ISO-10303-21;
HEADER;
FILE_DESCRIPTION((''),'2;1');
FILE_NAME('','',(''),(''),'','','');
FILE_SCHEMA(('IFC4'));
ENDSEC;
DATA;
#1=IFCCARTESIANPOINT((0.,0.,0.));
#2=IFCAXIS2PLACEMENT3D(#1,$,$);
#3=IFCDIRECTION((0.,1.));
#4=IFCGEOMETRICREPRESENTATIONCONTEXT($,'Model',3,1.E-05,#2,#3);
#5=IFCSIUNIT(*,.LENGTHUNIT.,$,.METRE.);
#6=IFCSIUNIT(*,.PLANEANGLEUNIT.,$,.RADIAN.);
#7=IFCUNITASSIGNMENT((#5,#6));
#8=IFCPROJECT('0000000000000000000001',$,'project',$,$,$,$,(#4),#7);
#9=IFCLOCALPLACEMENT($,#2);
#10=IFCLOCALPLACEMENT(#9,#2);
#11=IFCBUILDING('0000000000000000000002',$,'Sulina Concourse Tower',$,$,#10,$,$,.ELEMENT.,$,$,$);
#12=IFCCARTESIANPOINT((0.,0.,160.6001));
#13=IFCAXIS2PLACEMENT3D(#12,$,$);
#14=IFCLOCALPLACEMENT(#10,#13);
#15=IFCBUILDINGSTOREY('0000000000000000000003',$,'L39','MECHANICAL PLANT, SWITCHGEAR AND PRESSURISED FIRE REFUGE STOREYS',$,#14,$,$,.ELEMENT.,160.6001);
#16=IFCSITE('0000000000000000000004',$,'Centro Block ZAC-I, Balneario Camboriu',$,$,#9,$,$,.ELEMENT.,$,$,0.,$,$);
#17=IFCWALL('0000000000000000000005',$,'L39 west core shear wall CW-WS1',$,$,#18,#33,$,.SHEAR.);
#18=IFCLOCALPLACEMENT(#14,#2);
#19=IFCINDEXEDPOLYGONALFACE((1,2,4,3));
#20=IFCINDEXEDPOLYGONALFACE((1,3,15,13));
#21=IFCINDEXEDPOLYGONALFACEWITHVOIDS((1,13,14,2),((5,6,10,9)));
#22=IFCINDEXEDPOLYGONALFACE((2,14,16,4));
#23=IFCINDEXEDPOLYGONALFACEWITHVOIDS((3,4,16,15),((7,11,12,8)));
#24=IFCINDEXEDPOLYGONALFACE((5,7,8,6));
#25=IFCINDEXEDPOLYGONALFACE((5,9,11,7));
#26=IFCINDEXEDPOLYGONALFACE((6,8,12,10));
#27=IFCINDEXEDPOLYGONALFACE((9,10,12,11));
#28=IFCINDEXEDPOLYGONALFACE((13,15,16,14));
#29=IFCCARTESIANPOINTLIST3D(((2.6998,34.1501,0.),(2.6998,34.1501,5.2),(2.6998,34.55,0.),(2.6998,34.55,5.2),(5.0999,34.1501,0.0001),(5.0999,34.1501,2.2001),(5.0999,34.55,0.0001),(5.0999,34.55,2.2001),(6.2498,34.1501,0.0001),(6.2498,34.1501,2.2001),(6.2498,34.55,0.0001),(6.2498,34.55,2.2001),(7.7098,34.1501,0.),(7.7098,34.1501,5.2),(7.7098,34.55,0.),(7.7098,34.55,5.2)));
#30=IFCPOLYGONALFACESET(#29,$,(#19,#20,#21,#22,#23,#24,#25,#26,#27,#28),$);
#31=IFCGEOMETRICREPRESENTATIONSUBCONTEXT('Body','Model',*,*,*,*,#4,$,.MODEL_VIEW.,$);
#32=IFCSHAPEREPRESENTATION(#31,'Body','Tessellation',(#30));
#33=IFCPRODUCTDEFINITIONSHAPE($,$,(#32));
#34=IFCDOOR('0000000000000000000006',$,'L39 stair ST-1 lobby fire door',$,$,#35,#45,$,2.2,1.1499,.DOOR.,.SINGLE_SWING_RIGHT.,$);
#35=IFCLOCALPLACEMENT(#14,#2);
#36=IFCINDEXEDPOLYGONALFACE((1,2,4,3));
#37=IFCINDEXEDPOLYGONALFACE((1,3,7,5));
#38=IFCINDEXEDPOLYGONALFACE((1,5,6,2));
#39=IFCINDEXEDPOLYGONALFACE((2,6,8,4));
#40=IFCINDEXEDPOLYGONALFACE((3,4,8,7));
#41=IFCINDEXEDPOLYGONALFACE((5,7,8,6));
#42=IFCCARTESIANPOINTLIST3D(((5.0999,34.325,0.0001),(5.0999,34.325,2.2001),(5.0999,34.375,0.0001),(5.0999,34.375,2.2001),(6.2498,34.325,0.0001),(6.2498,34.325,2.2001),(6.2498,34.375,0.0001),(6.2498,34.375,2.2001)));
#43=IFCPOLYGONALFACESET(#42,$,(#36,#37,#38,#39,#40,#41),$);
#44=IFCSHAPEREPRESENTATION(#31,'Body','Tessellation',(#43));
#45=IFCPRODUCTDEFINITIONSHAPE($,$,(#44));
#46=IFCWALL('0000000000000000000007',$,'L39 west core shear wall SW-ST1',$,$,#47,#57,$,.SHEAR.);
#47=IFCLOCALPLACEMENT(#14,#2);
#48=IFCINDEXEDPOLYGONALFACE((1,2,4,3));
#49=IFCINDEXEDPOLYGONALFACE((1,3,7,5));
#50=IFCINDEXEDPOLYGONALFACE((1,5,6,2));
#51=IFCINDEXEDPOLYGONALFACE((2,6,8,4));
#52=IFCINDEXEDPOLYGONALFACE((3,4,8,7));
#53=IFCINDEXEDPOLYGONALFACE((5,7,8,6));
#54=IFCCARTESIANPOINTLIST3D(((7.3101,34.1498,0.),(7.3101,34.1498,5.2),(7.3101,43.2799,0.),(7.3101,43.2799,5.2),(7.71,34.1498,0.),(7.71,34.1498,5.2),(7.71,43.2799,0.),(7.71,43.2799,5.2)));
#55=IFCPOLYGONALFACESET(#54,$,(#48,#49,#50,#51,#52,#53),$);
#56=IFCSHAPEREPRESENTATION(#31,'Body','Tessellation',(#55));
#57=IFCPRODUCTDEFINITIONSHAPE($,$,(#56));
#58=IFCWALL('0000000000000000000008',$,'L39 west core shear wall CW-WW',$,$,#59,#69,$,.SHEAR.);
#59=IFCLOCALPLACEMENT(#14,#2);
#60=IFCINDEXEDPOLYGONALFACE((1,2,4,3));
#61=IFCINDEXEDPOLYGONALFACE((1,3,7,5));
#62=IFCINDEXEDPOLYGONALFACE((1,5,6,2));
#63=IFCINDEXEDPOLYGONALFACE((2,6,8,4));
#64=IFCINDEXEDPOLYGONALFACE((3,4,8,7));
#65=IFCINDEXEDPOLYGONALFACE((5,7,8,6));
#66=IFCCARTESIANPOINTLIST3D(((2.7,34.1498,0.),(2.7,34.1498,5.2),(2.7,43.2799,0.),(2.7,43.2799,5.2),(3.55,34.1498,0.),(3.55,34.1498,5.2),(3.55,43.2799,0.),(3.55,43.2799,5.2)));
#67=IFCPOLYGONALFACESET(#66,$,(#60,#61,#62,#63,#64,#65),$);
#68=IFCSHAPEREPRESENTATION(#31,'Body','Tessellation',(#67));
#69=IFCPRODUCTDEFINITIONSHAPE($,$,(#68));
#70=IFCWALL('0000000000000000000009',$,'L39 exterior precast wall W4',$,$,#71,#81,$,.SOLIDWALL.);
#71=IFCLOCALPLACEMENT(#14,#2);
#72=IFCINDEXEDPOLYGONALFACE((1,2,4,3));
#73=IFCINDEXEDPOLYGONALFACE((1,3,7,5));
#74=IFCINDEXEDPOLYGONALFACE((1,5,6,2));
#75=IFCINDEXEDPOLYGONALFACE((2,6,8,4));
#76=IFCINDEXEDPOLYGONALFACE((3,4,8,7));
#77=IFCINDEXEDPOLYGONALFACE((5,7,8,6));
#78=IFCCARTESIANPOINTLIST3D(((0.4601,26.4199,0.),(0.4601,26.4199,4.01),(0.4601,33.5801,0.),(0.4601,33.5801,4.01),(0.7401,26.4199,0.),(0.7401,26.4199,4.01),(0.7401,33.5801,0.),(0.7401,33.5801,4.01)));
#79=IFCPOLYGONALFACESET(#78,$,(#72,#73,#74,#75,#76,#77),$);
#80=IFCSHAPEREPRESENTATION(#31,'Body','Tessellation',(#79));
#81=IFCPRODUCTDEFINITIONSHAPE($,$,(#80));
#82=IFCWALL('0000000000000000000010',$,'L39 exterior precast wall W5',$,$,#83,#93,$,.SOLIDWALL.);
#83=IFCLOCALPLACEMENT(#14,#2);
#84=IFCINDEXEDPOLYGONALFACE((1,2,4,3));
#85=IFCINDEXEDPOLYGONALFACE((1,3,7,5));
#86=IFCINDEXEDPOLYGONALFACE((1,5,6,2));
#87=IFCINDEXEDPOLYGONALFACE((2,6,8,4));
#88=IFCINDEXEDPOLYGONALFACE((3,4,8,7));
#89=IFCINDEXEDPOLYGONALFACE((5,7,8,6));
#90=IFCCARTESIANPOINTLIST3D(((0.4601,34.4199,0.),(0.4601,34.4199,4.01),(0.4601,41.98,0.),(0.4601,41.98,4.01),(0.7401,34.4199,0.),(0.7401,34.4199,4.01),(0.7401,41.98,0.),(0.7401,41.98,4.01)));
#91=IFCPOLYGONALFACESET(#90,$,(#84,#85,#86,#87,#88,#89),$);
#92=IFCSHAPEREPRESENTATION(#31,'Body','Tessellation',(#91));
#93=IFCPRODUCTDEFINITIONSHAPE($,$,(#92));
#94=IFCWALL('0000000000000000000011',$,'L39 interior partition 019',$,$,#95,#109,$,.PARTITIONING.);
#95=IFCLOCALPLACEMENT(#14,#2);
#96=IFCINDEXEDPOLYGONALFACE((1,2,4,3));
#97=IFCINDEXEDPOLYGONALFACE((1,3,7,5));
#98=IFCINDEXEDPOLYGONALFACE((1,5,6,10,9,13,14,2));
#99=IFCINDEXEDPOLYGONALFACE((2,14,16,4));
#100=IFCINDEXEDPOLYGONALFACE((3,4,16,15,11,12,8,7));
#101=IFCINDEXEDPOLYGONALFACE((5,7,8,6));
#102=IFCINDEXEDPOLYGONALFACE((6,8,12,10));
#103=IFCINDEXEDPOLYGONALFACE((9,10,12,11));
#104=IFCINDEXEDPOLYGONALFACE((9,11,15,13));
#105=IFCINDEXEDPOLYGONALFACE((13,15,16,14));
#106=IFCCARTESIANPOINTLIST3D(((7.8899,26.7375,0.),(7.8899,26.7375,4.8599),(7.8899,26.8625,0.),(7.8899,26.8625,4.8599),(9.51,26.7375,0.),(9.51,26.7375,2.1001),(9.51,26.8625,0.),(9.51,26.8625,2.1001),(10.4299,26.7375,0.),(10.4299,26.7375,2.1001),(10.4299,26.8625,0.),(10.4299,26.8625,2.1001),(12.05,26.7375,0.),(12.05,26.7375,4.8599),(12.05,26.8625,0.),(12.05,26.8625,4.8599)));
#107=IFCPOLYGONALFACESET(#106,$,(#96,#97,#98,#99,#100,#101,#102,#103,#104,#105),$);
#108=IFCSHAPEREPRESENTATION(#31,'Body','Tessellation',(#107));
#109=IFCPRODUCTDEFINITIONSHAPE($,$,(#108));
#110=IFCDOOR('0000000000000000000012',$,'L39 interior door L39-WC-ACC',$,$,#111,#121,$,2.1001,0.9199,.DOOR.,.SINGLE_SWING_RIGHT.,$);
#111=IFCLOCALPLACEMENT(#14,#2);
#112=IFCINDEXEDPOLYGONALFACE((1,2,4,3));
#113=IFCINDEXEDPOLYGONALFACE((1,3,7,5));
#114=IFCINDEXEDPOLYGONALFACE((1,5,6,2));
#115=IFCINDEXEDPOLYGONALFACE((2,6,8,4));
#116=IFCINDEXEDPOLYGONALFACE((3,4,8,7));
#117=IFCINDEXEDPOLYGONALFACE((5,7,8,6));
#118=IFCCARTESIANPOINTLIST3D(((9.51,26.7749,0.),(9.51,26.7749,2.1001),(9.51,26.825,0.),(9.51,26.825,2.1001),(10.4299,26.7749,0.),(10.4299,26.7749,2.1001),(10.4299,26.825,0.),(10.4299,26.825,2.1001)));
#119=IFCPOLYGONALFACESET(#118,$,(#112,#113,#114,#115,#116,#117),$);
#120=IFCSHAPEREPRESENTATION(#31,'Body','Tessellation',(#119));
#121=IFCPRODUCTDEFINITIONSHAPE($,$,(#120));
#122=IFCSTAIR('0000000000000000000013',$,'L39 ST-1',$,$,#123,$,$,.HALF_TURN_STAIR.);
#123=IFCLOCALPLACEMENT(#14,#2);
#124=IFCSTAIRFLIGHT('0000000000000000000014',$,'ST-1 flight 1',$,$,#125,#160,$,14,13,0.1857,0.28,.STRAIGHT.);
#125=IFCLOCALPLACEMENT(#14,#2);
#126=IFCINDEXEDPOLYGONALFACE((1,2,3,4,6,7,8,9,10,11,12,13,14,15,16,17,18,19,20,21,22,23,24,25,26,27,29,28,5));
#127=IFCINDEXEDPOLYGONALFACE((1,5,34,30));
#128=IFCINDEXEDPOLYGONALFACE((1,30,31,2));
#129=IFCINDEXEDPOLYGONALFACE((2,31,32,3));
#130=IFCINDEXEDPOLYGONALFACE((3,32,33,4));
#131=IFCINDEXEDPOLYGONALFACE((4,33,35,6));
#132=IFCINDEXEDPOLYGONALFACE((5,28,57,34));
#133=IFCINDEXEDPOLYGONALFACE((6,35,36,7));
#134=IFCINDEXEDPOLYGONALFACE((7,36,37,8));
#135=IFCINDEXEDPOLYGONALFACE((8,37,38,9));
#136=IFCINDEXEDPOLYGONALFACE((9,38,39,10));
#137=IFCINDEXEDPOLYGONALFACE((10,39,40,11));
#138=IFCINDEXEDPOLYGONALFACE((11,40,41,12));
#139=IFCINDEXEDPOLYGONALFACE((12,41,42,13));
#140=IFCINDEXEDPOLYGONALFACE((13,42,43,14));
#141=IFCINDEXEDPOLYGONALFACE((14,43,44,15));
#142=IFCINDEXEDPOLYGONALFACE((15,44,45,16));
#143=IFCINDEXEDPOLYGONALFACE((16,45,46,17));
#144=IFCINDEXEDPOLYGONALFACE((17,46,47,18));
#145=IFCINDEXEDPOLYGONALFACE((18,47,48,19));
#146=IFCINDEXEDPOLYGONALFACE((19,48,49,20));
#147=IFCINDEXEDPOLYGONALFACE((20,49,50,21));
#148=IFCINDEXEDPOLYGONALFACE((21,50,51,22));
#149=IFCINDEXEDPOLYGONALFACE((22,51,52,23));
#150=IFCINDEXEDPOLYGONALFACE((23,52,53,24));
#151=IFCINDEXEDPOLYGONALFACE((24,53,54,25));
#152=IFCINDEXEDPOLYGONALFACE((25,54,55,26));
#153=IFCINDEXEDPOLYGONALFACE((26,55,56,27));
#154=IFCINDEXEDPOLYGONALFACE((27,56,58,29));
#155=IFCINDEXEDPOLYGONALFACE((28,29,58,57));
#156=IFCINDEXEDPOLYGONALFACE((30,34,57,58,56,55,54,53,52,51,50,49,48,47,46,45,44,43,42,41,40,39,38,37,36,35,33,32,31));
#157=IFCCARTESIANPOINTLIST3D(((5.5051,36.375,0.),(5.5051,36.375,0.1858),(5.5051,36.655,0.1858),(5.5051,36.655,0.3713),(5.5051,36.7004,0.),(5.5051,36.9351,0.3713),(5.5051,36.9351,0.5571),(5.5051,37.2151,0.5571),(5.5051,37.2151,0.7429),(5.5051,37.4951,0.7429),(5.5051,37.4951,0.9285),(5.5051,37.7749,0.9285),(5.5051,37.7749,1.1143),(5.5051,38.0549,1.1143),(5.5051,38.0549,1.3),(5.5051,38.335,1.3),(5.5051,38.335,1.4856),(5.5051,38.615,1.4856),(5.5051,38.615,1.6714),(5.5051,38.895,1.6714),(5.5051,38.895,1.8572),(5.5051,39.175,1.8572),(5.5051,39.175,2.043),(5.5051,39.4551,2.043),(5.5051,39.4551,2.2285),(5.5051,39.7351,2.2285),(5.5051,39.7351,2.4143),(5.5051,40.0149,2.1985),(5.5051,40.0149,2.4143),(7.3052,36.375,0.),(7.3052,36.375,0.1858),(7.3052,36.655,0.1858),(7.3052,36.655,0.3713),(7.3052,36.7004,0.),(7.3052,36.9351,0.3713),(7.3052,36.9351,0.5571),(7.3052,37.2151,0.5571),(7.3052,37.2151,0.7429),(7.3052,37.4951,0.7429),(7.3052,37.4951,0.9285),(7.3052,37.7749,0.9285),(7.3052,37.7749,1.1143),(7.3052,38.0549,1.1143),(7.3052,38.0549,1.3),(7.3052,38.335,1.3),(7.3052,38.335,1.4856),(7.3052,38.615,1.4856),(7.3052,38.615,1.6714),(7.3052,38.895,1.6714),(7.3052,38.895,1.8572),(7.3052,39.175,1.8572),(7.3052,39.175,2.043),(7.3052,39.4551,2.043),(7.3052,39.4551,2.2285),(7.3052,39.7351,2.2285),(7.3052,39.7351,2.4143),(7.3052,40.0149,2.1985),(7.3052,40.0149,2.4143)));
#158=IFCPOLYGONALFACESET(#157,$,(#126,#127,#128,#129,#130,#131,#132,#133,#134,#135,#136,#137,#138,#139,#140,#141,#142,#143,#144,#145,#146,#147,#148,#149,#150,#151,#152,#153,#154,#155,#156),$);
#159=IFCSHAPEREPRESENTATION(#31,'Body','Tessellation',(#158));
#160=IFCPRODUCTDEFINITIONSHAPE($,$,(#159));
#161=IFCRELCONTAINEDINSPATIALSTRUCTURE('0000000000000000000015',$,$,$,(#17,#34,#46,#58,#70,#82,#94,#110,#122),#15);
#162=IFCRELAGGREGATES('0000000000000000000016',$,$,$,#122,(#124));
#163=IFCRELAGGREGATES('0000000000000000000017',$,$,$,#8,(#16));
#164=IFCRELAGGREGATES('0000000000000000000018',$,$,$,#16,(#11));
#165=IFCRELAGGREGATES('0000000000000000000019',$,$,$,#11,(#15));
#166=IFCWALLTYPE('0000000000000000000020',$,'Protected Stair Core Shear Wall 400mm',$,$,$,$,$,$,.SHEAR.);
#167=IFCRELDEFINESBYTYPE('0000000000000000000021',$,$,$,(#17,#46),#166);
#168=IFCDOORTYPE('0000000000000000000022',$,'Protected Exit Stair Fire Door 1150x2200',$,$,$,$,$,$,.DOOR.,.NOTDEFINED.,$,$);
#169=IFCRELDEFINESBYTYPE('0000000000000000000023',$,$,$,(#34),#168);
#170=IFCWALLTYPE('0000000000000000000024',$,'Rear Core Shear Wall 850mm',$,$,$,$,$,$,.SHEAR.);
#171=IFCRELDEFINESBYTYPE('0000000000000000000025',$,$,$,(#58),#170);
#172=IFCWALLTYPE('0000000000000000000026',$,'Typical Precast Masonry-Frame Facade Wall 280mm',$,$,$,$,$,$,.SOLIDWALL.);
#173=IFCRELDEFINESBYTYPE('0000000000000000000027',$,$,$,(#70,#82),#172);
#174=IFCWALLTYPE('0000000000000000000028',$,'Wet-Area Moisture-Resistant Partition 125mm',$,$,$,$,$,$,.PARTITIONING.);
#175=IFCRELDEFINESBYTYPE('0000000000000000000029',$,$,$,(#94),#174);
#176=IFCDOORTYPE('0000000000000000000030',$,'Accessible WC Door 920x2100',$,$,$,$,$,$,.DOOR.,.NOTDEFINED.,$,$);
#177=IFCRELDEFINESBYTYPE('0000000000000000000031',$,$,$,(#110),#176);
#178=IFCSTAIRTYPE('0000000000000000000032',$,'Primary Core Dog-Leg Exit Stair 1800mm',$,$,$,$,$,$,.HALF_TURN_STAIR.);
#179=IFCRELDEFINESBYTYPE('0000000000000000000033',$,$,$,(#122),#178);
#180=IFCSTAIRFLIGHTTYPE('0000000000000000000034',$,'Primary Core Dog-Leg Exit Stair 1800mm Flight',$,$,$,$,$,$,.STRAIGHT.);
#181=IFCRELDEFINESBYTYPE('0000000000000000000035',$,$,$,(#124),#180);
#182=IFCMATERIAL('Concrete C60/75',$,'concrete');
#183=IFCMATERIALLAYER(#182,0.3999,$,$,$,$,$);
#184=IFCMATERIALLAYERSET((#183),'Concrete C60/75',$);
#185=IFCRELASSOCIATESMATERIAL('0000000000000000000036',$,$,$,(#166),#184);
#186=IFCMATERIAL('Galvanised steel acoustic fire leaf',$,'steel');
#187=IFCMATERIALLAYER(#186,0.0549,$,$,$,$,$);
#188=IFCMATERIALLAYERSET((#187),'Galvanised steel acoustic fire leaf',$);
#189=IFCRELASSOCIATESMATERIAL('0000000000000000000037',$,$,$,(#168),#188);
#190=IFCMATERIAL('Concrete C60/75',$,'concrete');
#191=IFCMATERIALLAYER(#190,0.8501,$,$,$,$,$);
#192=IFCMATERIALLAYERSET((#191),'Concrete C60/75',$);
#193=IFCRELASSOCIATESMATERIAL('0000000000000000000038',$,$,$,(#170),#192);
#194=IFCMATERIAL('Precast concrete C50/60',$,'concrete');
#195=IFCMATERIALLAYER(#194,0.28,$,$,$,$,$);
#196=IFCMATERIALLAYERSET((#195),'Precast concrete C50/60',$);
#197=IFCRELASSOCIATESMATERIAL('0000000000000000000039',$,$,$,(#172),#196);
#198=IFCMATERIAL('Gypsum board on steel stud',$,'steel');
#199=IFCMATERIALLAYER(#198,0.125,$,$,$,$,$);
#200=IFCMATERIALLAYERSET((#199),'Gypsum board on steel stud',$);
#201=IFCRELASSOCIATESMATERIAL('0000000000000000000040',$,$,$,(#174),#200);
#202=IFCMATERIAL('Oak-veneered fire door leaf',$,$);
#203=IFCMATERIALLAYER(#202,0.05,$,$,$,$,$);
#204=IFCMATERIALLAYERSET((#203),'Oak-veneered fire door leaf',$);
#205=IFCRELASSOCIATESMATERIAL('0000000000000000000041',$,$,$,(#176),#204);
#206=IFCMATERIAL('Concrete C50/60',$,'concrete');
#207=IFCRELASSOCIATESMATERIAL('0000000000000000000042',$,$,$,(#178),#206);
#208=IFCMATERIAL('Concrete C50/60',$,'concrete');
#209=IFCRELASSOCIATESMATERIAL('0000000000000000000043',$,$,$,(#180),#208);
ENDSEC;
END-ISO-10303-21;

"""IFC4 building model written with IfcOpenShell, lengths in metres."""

from ifc_helpers import new_model, si_unit, direction, frame, frame_2d, origin, place, context, subcontext, project, spatial, polyline, rectangle, outline, extrude, material, layer, layer_set, type_object, element, fill, aggregate, save


model = new_model("IFC4")

# Units and contexts
model_context = context("Model", 3, precision=1e-05, world=origin(), true_north=direction((0.0, 1.0)))
body_context = subcontext(model_context, "Body", "Model", "MODEL_VIEW")
ifc_project = project(units=[si_unit("LENGTHUNIT", "METRE"), si_unit("PLANEANGLEUNIT", "RADIAN")], contexts=[model_context])

# Site, building, storey
site_placement = place(None, origin())
site = spatial("IfcSite", under=ifc_project, at=site_placement, Name="Centro Block ZAC-I, Balneario Camboriu", CompositionType="ELEMENT", RefElevation=0.0)
building_placement = place(site_placement, origin())
building = spatial("IfcBuilding", under=site, at=building_placement, Name="Sulina Concourse Tower", CompositionType="ELEMENT")
storey_placement = place(building_placement, frame((0.0, 0.0, 160.6001)))
storey = spatial("IfcBuildingStorey", under=building, at=storey_placement, Name="L39", Description="MECHANICAL PLANT, SWITCHGEAR AND PRESSURISED FIRE REFUGE STOREYS", CompositionType="ELEMENT", Elevation=160.6001)

# Wall, opening, door
ifc_material_1 = material(Name="Concrete C60/75", Category="concrete")
ifc_layer_1 = layer(ifc_material_1, 0.3999)
ifc_layer_set_1 = layer_set([ifc_layer_1], Name="Concrete C60/75")
wall_type_1 = type_object("IfcWallType", Name="Protected Stair Core Shear Wall 400mm", PredefinedType="SHEAR", material=ifc_layer_set_1)
wall_1_placement = place(storey_placement, frame((2.7, 34.3501, 0.0), z_axis=(0.0, 0.0, 1.0), x_axis=(1.0, 0.0, 0.0)))
wall_1 = element("IfcWall", 1, at=wall_1_placement, inside=storey, type_object=wall_type_1, Name="L39 west core shear wall CW-WS1", PredefinedType="SHEAR", context=body_context, shape_type="SweptSolid", body=[
    extrude(rectangle(XDim=5.01, YDim=0.3999, at=frame_2d((2.5049, 0.0))), origin(), (0.0, 0.0, 1.0), 5.2),
])
opening_1_placement = place(wall_1_placement, frame((2.3999, 0.0, 0.0)))
opening_1 = element("IfcOpeningElement", 2, at=opening_1_placement, cuts=wall_1, PredefinedType="OPENING", context=body_context, shape_type="SweptSolid", body=[
    extrude(rectangle(XDim=1.1499, YDim=2.2, at=frame_2d((0.575, 1.1001))), frame((0.0, 0.21, 0.0), z_axis=(0.0, -1.0, 0.0), x_axis=(1.0, 0.0, 0.0)), (0.0, 0.0, 1.0), 0.4199),
])
ifc_material_2 = material(Name="Galvanised steel acoustic fire leaf", Category="steel")
ifc_layer_2 = layer(ifc_material_2, 0.0549)
ifc_layer_set_2 = layer_set([ifc_layer_2], Name="Galvanised steel acoustic fire leaf")
door_type_1 = type_object("IfcDoorType", Name="Protected Exit Stair Fire Door 1150x2200", OperationType="NOTDEFINED", PredefinedType="DOOR", material=ifc_layer_set_2)
door_1_placement = place(opening_1_placement, origin())
door_1 = element("IfcDoor", 3, at=door_1_placement, inside=storey, type_object=door_type_1, Name="L39 stair ST-1 lobby fire door", OperationType="SINGLE_SWING_RIGHT", OverallHeight=2.2, OverallWidth=1.1499, PredefinedType="DOOR", context=body_context, shape_type="SweptSolid", body=[
    extrude(rectangle(XDim=1.1499, YDim=2.2, at=frame_2d((0.575, 1.1001))), frame((0.0, 0.0249, 0.0), z_axis=(0.0, -1.0, 0.0), x_axis=(1.0, 0.0, 0.0)), (0.0, 0.0, 1.0), 0.05),
])
fill(opening_1, door_1)

# Walls
wall_2_placement = place(storey_placement, frame((7.51, 34.1499, 0.0), z_axis=(0.0, 0.0, 1.0), x_axis=(0.0, 1.0, 0.0)))
element("IfcWall", 4, at=wall_2_placement, inside=storey, type_object=wall_type_1, Name="L39 west core shear wall SW-ST1", PredefinedType="SHEAR", context=body_context, shape_type="SweptSolid", body=[
    extrude(rectangle(XDim=9.1301, YDim=0.3999, at=frame_2d((4.5649, 0.0))), origin(), (0.0, 0.0, 1.0), 5.2),
])
ifc_material_3 = material(Name="Concrete C60/75", Category="concrete")
ifc_layer_3 = layer(ifc_material_3, 0.8501)
ifc_layer_set_3 = layer_set([ifc_layer_3], Name="Concrete C60/75")
wall_type_2 = type_object("IfcWallType", Name="Rear Core Shear Wall 850mm", PredefinedType="SHEAR", material=ifc_layer_set_3)
wall_3_placement = place(storey_placement, frame((3.125, 34.1499, 0.0), z_axis=(0.0, 0.0, 1.0), x_axis=(0.0, 1.0, 0.0)))
element("IfcWall", 5, at=wall_3_placement, inside=storey, type_object=wall_type_2, Name="L39 west core shear wall CW-WW", PredefinedType="SHEAR", context=body_context, shape_type="SweptSolid", body=[
    extrude(rectangle(XDim=9.1301, YDim=0.8501, at=frame_2d((4.5649, 0.0))), origin(), (0.0, 0.0, 1.0), 5.2),
])
ifc_material_4 = material(Name="Precast concrete C50/60", Category="concrete")
ifc_layer_4 = layer(ifc_material_4, 0.28)
ifc_layer_set_4 = layer_set([ifc_layer_4], Name="Precast concrete C50/60")
wall_type_3 = type_object("IfcWallType", Name="Typical Precast Masonry-Frame Facade Wall 280mm", PredefinedType="SOLIDWALL", material=ifc_layer_set_4)
wall_4_placement = place(storey_placement, frame((0.6001, 26.4199, 0.0), z_axis=(0.0, 0.0, 1.0), x_axis=(0.0, 1.0, 0.0)))
element("IfcWall", 6, at=wall_4_placement, inside=storey, type_object=wall_type_3, Name="L39 exterior precast wall W4", PredefinedType="SOLIDWALL", context=body_context, shape_type="SweptSolid", body=[
    extrude(rectangle(XDim=7.1602, YDim=0.28, at=frame_2d((3.5801, 0.0))), origin(), (0.0, 0.0, 1.0), 4.01),
])
wall_5_placement = place(storey_placement, frame((0.6001, 34.4199, 0.0), z_axis=(0.0, 0.0, 1.0), x_axis=(0.0, 1.0, 0.0)))
element("IfcWall", 7, at=wall_5_placement, inside=storey, type_object=wall_type_3, Name="L39 exterior precast wall W5", PredefinedType="SOLIDWALL", context=body_context, shape_type="SweptSolid", body=[
    extrude(rectangle(XDim=7.5601, YDim=0.28, at=frame_2d((3.78, 0.0))), origin(), (0.0, 0.0, 1.0), 4.01),
])

# Wall, opening, door
ifc_material_5 = material(Name="Gypsum board on steel stud", Category="steel")
ifc_layer_5 = layer(ifc_material_5, 0.125)
ifc_layer_set_5 = layer_set([ifc_layer_5], Name="Gypsum board on steel stud")
wall_type_4 = type_object("IfcWallType", Name="Wet-Area Moisture-Resistant Partition 125mm", PredefinedType="PARTITIONING", material=ifc_layer_set_5)
wall_6_placement = place(storey_placement, frame((7.8899, 26.8, 0.0), z_axis=(0.0, 0.0, 1.0), x_axis=(1.0, 0.0, 0.0)))
wall_6 = element("IfcWall", 8, at=wall_6_placement, inside=storey, type_object=wall_type_4, Name="L39 interior partition 019", PredefinedType="PARTITIONING", context=body_context, shape_type="SweptSolid", body=[
    extrude(rectangle(XDim=4.1602, YDim=0.125, at=frame_2d((2.0801, 0.0))), origin(), (0.0, 0.0, 1.0), 4.8599),
])
opening_2_placement = place(wall_6_placement, frame((1.6201, 0.0, 0.0)))
opening_2 = element("IfcOpeningElement", 9, at=opening_2_placement, cuts=wall_6, PredefinedType="OPENING", context=body_context, shape_type="SweptSolid", body=[
    extrude(rectangle(XDim=0.9199, YDim=2.1001, at=frame_2d((0.46, 1.05))), frame((0.0, 0.0725, 0.0), z_axis=(0.0, -1.0, 0.0), x_axis=(1.0, 0.0, 0.0)), (0.0, 0.0, 1.0), 0.145),
])
ifc_material_6 = material(Name="Oak-veneered fire door leaf")
ifc_layer_6 = layer(ifc_material_6, 0.05)
ifc_layer_set_6 = layer_set([ifc_layer_6], Name="Oak-veneered fire door leaf")
door_type_2 = type_object("IfcDoorType", Name="Accessible WC Door 920x2100", OperationType="NOTDEFINED", PredefinedType="DOOR", material=ifc_layer_set_6)
door_2_placement = place(opening_2_placement, origin())
door_2 = element("IfcDoor", 10, at=door_2_placement, inside=storey, type_object=door_type_2, Name="L39 interior door L39-WC-ACC", OperationType="SINGLE_SWING_RIGHT", OverallHeight=2.1001, OverallWidth=0.9199, PredefinedType="DOOR", context=body_context, shape_type="SweptSolid", body=[
    extrude(rectangle(XDim=0.9199, YDim=2.1001, at=frame_2d((0.46, 1.05))), frame((0.0, 0.0249, 0.0), z_axis=(0.0, -1.0, 0.0), x_axis=(1.0, 0.0, 0.0)), (0.0, 0.0, 1.0), 0.05),
])
fill(opening_2, door_2)

# Stair, stair flight
ifc_material_7 = material(Name="Concrete C50/60", Category="concrete")
stair_type = type_object("IfcStairType", Name="Primary Core Dog-Leg Exit Stair 1800mm", PredefinedType="HALF_TURN_STAIR", material=ifc_material_7)
stair_placement = place(storey_placement, origin())
stair = element("IfcStair", 11, at=stair_placement, inside=storey, type_object=stair_type, Name="L39 ST-1", PredefinedType="HALF_TURN_STAIR")
ifc_material_8 = material(Name="Concrete C50/60", Category="concrete")
stair_flight_type = type_object("IfcStairFlightType", Name="Primary Core Dog-Leg Exit Stair 1800mm Flight", PredefinedType="STRAIGHT", material=ifc_material_8)
stair_flight_placement = place(storey_placement, frame((6.405, 36.375, 0.0), z_axis=(0.0, 0.0, 1.0), x_axis=(0.0, 1.0, 0.0)))
stair_flight = element("IfcStairFlight", 12, at=stair_flight_placement, type_object=stair_flight_type, Name="ST-1 flight 1", NumberOfRisers=14, NumberOfTreads=13, PredefinedType="STRAIGHT", RiserHeight=0.1857, TreadLength=0.28, context=body_context, shape_type="SweptSolid", body=[
    extrude(outline(polyline([(0.0, 0.0), (0.0, 0.1858), (0.28, 0.1858), (0.28, 0.3713), (0.5601, 0.3713), (0.5601, 0.5571), (0.8401, 0.5571), (0.8401, 0.7429), (1.1201, 0.7429), (1.1201, 0.9285), (1.3999, 0.9285), (1.3999, 1.1143), (1.6799, 1.1143), (1.6799, 1.3), (1.96, 1.3), (1.96, 1.4856), (2.24, 1.4856), (2.24, 1.6714), (2.52, 1.6714), (2.52, 1.8572), (2.8, 1.8572), (2.8, 2.043), (3.0801, 2.043), (3.0801, 2.2285), (3.3601, 2.2285), (3.3601, 2.4143), (3.6399, 2.4143), (3.6399, 2.6001), (3.6399, 2.1985), (0.3254, 0.0), (0.0, 0.0)])), frame((0.0, 0.8999, 0.0), z_axis=(0.0, -1.0, 0.0), x_axis=(1.0, 0.0, 0.0)), (0.0, 0.0, 1.0), 1.8),
])
aggregate(stair, [stair_flight])

save(model, "model.ifc")
